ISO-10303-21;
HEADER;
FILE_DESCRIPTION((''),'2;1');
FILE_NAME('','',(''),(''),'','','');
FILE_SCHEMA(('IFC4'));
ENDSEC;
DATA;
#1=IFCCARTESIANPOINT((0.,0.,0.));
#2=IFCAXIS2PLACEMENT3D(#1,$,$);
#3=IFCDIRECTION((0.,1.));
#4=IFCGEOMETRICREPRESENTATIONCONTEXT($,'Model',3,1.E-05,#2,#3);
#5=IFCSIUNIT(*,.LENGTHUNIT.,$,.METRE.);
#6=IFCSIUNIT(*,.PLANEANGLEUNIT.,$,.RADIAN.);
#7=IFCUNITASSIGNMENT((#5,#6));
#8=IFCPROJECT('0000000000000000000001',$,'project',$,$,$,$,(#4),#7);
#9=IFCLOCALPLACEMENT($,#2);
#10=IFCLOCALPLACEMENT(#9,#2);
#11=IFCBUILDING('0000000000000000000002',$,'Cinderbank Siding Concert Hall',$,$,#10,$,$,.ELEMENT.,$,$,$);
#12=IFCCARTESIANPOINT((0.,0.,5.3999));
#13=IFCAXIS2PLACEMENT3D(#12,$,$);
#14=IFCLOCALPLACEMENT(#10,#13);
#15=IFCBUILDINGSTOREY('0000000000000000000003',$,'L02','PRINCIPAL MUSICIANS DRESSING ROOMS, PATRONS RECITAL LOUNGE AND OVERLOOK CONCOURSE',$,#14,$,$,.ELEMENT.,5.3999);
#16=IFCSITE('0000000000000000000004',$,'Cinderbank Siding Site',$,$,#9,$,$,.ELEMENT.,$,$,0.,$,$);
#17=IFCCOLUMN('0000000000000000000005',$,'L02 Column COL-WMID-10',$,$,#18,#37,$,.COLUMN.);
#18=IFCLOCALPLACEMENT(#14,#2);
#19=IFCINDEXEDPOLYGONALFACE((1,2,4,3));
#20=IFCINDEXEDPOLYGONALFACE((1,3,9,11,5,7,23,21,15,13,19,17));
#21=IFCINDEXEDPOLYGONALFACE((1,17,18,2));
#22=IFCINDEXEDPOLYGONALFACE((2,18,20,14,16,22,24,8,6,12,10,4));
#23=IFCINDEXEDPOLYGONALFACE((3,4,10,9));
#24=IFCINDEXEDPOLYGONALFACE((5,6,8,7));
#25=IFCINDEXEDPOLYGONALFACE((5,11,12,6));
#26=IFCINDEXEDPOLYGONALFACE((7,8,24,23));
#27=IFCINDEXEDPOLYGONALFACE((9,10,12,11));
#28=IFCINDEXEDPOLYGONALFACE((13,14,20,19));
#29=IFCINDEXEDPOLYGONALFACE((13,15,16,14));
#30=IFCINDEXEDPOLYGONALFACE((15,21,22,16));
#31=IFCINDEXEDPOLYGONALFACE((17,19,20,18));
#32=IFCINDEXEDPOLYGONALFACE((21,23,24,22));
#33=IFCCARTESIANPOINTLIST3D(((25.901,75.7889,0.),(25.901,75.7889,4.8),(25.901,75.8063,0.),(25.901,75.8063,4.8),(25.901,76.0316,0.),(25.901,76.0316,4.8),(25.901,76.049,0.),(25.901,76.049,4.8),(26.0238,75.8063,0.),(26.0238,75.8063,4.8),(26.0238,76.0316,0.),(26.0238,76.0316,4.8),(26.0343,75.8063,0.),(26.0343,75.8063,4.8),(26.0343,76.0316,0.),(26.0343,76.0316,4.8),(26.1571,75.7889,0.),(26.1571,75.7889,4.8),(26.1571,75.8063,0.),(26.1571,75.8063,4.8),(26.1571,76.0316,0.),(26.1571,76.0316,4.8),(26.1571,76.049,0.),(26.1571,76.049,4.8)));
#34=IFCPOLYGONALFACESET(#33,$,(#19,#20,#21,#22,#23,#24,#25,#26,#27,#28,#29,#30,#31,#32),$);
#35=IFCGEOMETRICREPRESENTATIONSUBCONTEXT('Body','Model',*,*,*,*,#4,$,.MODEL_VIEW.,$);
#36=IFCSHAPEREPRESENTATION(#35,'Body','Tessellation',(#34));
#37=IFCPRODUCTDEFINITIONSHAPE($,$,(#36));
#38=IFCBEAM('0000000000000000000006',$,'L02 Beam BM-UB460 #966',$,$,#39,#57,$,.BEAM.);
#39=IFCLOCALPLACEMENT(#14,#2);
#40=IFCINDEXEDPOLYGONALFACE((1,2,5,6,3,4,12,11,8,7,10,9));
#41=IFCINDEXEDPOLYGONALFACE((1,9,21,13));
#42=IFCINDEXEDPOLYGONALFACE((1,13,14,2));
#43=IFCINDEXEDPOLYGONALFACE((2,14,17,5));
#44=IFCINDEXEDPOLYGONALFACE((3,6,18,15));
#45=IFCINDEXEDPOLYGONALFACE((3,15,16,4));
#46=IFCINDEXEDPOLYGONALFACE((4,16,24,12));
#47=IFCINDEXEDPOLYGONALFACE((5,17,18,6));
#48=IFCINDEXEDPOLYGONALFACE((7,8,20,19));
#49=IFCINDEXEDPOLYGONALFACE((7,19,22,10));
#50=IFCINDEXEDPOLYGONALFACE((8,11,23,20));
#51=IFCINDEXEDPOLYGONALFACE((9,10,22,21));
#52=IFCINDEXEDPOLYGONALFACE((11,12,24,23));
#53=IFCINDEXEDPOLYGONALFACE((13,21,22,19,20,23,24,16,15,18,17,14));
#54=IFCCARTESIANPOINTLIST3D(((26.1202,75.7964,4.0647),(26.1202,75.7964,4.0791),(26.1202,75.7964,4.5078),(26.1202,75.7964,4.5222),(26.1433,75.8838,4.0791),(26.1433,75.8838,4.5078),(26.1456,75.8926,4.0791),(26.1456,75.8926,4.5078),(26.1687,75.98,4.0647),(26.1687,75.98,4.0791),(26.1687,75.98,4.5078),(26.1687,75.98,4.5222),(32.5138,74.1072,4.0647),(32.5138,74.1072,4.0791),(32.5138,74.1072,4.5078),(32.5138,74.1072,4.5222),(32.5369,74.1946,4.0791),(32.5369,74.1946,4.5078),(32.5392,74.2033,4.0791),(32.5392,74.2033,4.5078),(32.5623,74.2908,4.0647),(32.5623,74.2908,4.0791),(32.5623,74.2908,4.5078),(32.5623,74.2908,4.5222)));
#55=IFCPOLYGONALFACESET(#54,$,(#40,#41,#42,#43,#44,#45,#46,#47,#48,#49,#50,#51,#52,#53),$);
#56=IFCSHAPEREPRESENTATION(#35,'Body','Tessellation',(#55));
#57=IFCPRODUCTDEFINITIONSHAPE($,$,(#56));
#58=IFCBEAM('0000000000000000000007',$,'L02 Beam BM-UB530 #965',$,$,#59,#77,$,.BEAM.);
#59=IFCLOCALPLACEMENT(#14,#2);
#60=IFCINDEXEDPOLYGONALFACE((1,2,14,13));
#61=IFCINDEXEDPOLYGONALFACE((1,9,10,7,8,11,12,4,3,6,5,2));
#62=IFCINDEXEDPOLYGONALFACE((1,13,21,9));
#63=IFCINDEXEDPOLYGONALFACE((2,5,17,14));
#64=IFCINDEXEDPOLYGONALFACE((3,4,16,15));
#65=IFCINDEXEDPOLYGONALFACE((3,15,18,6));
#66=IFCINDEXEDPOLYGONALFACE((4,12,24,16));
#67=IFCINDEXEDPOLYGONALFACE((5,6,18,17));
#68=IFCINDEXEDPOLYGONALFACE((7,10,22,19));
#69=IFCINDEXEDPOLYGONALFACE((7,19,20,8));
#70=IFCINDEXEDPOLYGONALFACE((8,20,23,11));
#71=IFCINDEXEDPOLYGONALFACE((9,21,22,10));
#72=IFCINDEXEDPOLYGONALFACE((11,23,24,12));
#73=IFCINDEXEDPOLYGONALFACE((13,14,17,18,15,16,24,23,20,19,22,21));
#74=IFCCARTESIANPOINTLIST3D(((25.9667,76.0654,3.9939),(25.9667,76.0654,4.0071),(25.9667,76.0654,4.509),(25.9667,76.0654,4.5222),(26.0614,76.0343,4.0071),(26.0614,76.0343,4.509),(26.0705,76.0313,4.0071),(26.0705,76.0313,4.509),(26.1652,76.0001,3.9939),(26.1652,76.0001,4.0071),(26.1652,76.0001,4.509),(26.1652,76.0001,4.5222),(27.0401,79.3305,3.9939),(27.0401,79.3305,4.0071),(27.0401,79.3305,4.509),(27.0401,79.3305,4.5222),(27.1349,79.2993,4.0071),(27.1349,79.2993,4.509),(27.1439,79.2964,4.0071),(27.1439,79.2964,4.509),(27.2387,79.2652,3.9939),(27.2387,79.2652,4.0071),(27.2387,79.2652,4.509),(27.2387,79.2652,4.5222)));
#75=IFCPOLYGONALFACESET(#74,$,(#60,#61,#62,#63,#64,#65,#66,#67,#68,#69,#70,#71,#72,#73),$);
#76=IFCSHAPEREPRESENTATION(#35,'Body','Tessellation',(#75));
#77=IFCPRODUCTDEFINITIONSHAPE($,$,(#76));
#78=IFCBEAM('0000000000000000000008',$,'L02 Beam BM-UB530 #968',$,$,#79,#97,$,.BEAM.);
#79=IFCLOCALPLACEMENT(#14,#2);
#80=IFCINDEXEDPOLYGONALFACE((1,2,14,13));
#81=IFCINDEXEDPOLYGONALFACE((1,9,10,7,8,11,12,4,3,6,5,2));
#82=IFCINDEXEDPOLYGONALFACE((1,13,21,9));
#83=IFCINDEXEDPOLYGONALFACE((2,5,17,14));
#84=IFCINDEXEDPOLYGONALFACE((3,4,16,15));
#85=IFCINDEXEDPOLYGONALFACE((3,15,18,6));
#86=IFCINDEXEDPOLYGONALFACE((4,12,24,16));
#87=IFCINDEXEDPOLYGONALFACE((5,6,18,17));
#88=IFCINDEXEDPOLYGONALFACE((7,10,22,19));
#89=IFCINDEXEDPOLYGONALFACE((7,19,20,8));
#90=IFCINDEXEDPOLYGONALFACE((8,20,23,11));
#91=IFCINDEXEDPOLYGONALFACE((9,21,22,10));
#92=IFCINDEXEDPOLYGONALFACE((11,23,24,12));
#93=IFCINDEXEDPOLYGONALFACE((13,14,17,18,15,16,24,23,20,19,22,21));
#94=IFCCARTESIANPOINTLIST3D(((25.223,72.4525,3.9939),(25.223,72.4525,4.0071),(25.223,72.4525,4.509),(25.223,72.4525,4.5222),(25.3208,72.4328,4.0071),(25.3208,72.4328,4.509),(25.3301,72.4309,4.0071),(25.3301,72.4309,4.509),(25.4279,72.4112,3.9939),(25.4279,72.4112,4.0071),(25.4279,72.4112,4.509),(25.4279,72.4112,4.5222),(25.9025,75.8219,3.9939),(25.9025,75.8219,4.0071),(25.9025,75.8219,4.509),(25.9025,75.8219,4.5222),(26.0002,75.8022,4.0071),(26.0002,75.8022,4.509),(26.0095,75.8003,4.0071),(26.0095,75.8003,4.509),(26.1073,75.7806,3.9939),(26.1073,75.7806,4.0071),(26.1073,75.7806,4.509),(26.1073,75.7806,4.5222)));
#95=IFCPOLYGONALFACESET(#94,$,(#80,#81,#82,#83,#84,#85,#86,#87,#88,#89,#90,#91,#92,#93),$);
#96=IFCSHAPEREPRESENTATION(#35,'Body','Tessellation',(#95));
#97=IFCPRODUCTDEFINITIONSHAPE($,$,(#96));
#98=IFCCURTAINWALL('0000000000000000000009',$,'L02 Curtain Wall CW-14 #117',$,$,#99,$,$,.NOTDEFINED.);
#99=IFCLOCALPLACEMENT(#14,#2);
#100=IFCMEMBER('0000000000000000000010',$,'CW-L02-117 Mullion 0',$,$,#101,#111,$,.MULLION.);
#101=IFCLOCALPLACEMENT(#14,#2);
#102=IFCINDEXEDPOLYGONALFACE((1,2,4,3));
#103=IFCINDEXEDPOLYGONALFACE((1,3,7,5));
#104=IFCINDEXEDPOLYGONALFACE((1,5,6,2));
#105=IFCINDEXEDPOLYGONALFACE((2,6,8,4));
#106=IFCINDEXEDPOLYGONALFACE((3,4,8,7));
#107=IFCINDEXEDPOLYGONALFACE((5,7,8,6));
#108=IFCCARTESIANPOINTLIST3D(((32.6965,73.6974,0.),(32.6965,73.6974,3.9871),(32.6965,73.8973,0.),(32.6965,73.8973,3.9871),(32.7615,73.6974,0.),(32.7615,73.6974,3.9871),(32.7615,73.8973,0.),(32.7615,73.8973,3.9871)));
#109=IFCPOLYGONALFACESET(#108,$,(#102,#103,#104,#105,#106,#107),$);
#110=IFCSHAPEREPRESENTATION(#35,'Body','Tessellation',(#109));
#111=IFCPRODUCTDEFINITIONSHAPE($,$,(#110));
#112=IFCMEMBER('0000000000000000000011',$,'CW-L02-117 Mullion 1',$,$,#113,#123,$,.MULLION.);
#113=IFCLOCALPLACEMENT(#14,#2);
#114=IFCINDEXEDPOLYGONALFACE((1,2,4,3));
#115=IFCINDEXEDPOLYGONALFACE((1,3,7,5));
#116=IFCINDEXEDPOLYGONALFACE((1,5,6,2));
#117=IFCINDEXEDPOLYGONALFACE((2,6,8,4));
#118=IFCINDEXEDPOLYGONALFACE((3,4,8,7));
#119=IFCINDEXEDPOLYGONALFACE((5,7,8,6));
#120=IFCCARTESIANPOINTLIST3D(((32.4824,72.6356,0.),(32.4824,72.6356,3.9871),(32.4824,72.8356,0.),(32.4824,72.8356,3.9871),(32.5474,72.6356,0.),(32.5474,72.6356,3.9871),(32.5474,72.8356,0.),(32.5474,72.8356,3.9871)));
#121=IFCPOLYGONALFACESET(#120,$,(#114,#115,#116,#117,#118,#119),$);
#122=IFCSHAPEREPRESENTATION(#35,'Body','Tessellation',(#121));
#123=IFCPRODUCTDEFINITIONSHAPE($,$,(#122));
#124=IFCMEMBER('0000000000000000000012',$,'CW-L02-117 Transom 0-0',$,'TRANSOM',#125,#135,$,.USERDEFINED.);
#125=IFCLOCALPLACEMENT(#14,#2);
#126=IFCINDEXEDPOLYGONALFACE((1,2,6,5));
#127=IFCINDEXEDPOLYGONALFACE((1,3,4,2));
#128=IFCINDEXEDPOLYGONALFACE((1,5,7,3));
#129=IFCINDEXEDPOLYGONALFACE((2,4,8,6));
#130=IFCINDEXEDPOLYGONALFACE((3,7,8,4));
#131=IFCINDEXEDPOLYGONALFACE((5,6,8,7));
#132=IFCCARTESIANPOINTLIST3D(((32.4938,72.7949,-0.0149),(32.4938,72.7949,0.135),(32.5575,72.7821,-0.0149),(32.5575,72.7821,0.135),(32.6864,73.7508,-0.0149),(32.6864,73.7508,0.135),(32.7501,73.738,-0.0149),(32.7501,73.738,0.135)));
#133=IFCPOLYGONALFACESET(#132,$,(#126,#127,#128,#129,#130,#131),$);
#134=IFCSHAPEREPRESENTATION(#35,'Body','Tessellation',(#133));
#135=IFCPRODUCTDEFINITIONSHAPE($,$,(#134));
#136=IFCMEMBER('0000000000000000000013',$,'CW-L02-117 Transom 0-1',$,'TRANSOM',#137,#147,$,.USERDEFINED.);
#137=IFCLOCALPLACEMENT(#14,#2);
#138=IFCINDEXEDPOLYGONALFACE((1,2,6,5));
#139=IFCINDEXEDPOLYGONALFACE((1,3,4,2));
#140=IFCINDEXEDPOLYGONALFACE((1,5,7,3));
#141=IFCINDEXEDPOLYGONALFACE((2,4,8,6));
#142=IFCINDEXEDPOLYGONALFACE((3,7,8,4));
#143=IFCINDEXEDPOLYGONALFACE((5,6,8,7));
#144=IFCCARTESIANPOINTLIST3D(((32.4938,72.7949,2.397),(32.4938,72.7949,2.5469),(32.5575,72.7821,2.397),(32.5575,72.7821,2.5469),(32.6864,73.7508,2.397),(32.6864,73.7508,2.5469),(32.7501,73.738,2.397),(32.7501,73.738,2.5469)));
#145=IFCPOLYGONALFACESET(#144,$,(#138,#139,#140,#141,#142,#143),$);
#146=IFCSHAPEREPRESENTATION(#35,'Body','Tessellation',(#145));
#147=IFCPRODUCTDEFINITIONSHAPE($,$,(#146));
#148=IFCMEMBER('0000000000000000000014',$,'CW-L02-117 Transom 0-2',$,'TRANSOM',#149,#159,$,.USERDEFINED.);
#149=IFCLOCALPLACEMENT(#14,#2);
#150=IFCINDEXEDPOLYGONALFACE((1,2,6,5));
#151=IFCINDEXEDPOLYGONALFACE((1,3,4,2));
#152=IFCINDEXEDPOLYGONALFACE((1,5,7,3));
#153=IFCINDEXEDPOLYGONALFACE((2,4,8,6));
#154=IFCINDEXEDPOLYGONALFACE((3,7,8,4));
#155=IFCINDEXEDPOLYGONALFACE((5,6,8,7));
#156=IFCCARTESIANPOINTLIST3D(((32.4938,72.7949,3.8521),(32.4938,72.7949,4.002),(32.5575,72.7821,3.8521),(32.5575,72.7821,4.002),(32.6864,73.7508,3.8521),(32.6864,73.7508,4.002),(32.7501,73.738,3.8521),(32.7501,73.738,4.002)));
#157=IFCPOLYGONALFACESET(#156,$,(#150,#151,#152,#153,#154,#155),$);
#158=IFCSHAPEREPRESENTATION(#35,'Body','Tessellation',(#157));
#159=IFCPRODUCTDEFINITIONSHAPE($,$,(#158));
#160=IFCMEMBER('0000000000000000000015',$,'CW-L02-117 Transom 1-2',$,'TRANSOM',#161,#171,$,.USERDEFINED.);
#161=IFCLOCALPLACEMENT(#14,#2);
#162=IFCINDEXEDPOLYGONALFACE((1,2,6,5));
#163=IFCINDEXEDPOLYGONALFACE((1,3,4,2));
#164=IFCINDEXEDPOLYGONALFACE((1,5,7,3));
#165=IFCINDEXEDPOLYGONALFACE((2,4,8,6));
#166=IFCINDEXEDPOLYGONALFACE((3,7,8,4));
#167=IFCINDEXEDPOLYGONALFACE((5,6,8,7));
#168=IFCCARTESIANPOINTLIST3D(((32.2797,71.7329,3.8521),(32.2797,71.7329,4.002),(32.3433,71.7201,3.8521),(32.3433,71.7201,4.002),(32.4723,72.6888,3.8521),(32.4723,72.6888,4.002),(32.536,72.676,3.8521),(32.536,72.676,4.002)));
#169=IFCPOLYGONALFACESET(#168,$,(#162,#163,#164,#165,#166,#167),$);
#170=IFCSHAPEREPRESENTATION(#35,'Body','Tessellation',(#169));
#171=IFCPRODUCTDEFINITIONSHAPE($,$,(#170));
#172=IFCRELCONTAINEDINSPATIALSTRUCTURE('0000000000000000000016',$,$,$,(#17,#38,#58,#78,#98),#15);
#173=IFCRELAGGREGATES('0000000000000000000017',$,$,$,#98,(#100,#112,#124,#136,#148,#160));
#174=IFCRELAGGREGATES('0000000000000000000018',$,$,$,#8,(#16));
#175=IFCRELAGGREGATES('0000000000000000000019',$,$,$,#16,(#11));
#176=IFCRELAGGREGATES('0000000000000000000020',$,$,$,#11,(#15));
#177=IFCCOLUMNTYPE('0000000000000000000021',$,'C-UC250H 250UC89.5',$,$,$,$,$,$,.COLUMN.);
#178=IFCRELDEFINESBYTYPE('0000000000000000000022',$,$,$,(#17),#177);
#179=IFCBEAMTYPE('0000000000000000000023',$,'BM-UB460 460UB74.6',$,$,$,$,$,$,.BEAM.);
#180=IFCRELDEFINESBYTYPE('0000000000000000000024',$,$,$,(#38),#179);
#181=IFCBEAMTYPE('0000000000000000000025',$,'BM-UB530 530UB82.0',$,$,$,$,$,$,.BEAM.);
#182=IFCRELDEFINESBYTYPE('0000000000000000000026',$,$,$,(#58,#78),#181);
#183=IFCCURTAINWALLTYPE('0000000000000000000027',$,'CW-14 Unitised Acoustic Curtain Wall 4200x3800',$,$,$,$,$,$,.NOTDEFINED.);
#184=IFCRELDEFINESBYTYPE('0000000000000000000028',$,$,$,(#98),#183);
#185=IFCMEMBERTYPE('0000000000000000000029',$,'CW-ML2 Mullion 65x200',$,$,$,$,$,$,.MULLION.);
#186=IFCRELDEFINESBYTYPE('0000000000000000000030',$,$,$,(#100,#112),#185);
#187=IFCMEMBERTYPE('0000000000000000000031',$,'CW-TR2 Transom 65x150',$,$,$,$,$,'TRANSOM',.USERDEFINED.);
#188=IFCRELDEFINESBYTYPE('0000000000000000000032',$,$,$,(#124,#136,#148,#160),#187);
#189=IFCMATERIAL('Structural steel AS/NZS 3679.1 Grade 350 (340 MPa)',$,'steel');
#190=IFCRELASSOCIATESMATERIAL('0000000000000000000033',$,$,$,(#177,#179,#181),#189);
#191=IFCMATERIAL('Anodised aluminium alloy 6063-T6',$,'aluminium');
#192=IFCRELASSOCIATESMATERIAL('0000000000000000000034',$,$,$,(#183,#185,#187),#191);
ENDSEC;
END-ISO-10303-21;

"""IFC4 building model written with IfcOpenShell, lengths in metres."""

from ifc_helpers import new_model, si_unit, direction, frame, origin, origin_2d, place, context, subcontext, project, spatial, rectangle, i_section, extrude, material, material_profile, profile_set, type_object, element, aggregate, save


model = new_model("IFC4")

# Units and contexts
model_context = context("Model", 3, precision=1e-05, world=origin(), true_north=direction((0.0, 1.0)))
body_context = subcontext(model_context, "Body", "Model", "MODEL_VIEW")
ifc_project = project(units=[si_unit("LENGTHUNIT", "METRE"), si_unit("PLANEANGLEUNIT", "RADIAN")], contexts=[model_context])

# Site, building, storey
site_placement = place(None, origin())
site = spatial("IfcSite", under=ifc_project, at=site_placement, Name="Cinderbank Siding Site", CompositionType="ELEMENT", RefElevation=0.0)
building_placement = place(site_placement, origin())
building = spatial("IfcBuilding", under=site, at=building_placement, Name="Cinderbank Siding Concert Hall", CompositionType="ELEMENT")
storey_placement = place(building_placement, frame((0.0, 0.0, 5.3999)))
storey = spatial("IfcBuildingStorey", under=building, at=storey_placement, Name="L02", Description="PRINCIPAL MUSICIANS DRESSING ROOMS, PATRONS RECITAL LOUNGE AND OVERLOOK CONCOURSE", CompositionType="ELEMENT", Elevation=5.3999)

# Column
ifc_material_1 = material(Name="Structural steel AS/NZS 3679.1 Grade 350 (340 MPa)", Category="steel")
ifc_material_profile_1 = material_profile(ifc_material_1, i_section(OverallWidth=0.2561, OverallDepth=0.26, WebThickness=0.0105, FlangeThickness=0.0173, at=origin_2d()), Name="250UC89.5", Category="LoadBearing")
ifc_profile_set_1 = profile_set([ifc_material_profile_1], Name="Structural steel AS/NZS 3679.1 Grade 350 (340 MPa)")
column_type = type_object("IfcColumnType", Name="C-UC250H 250UC89.5", PredefinedType="COLUMN", material=ifc_profile_set_1)
column_placement = place(storey_placement, frame((26.0291, 75.9189, 0.0), z_axis=(0.0, 0.0, 1.0), x_axis=(1.0, 0.0, 0.0)))
element("IfcColumn", 1, at=column_placement, inside=storey, type_object=column_type, Name="L02 Column COL-WMID-10", PredefinedType="COLUMN", context=body_context, shape_type="SweptSolid", body=[
    extrude(i_section(OverallWidth=0.2561, OverallDepth=0.26, WebThickness=0.0105, FlangeThickness=0.0173, at=origin_2d()), origin(), (0.0, 0.0, 1.0), 4.8),
])

# Beams
ifc_material_profile_2 = material_profile(ifc_material_1, i_section(OverallWidth=0.1899, OverallDepth=0.4575, WebThickness=0.009, FlangeThickness=0.0144, at=origin_2d()), Name="460UB74.6", Category="LoadBearing")
ifc_profile_set_2 = profile_set([ifc_material_profile_2], Name="Structural steel AS/NZS 3679.1 Grade 350 (340 MPa)")
beam_type_1 = type_object("IfcBeamType", Name="BM-UB460 460UB74.6", PredefinedType="BEAM", material=ifc_profile_set_2)
beam_1_placement = place(storey_placement, frame((32.5381, 74.199, 4.2935), z_axis=(-0.966825, 0.25544, 0.0), x_axis=(-0.25544, -0.966825, 0.0)))
element("IfcBeam", 2, at=beam_1_placement, inside=storey, type_object=beam_type_1, Name="L02 Beam BM-UB460 #966", PredefinedType="BEAM", context=body_context, shape_type="SweptSolid", body=[
    extrude(i_section(OverallWidth=0.1899, OverallDepth=0.4575, WebThickness=0.009, FlangeThickness=0.0144, at=origin_2d()), origin(), (0.0, 0.0, 1.0), 6.613),
])
ifc_material_profile_3 = material_profile(ifc_material_1, i_section(OverallWidth=0.209, OverallDepth=0.5283, WebThickness=0.0095, FlangeThickness=0.0132, at=origin_2d()), Name="530UB82.0", Category="LoadBearing")
ifc_profile_set_3 = profile_set([ifc_material_profile_3], Name="Structural steel AS/NZS 3679.1 Grade 350 (340 MPa)")
beam_type_2 = type_object("IfcBeamType", Name="BM-UB530 530UB82.0", PredefinedType="BEAM", material=ifc_profile_set_3)
beam_2_placement = place(storey_placement, frame((27.1394, 79.2979, 4.2581), z_axis=(-0.312325, -0.949975, 0.0), x_axis=(0.949975, -0.312325, 0.0)))
element("IfcBeam", 3, at=beam_2_placement, inside=storey, type_object=beam_type_2, Name="L02 Beam BM-UB530 #965", PredefinedType="BEAM", context=body_context, shape_type="SweptSolid", body=[
    extrude(i_section(OverallWidth=0.209, OverallDepth=0.5283, WebThickness=0.0095, FlangeThickness=0.0132, at=origin_2d()), origin(), (0.0, 0.0, 1.0), 3.437),
])
beam_3_placement = place(storey_placement, frame((26.0049, 75.8013, 4.2581), z_axis=(-0.197673, -0.980268, 0.0), x_axis=(0.980268, -0.197673, 0.0)))
element("IfcBeam", 4, at=beam_3_placement, inside=storey, type_object=beam_type_2, Name="L02 Beam BM-UB530 #968", PredefinedType="BEAM", context=body_context, shape_type="SweptSolid", body=[
    extrude(i_section(OverallWidth=0.209, OverallDepth=0.5283, WebThickness=0.0095, FlangeThickness=0.0132, at=origin_2d()), origin(), (0.0, 0.0, 1.0), 3.4373),
])

# Curtain wall, members
ifc_material_2 = material(Name="Anodised aluminium alloy 6063-T6", Category="aluminium")
curtain_wall_type = type_object("IfcCurtainWallType", Name="CW-14 Unitised Acoustic Curtain Wall 4200x3800", PredefinedType="NOTDEFINED", material=ifc_material_2)
curtain_wall_placement = place(storey_placement, origin())
curtain_wall = element("IfcCurtainWall", 5, at=curtain_wall_placement, inside=storey, type_object=curtain_wall_type, Name="L02 Curtain Wall CW-14 #117", PredefinedType="NOTDEFINED")
ifc_material_profile_4 = material_profile(ifc_material_2, rectangle(XDim=0.0649, YDim=0.2, at=origin_2d()), Name="ALU-MULL-65x200", Category="LoadBearing")
ifc_profile_set_4 = profile_set([ifc_material_profile_4], Name="Anodised aluminium alloy 6063-T6")
member_type_1 = type_object("IfcMemberType", Name="CW-ML2 Mullion 65x200", PredefinedType="MULLION", material=ifc_profile_set_4)
member_1_placement = place(storey_placement, frame((32.729, 73.7974, 0.0), z_axis=(0.0, 0.0, 1.0), x_axis=(1.0, 0.0, 0.0)))
member_1 = element("IfcMember", 6, at=member_1_placement, type_object=member_type_1, Name="CW-L02-117 Mullion 0", PredefinedType="MULLION", context=body_context, shape_type="SweptSolid", body=[
    extrude(rectangle(XDim=0.0649, YDim=0.2, at=origin_2d()), origin(), (0.0, 0.0, 1.0), 3.9871),
])
member_2_placement = place(storey_placement, frame((32.5149, 72.7356, 0.0), z_axis=(0.0, 0.0, 1.0), x_axis=(1.0, 0.0, 0.0)))
member_2 = element("IfcMember", 7, at=member_2_placement, type_object=member_type_1, Name="CW-L02-117 Mullion 1", PredefinedType="MULLION", context=body_context, shape_type="SweptSolid", body=[
    extrude(rectangle(XDim=0.0649, YDim=0.2, at=origin_2d()), origin(), (0.0, 0.0, 1.0), 3.9871),
])
ifc_material_profile_5 = material_profile(ifc_material_2, rectangle(XDim=0.0649, YDim=0.1499, at=origin_2d()), Name="ALU-TRAN-65x150", Category="LoadBearing")
ifc_profile_set_5 = profile_set([ifc_material_profile_5], Name="Anodised aluminium alloy 6063-T6")
member_type_2 = type_object("IfcMemberType", Name="CW-TR2 Transom 65x150", ElementType="TRANSOM", PredefinedType="USERDEFINED", material=ifc_profile_set_5)
member_3_placement = place(storey_placement, frame((32.7183, 73.7444, 0.0601), z_axis=(-0.197561, -0.980291, 0.0), x_axis=(0.980291, -0.197561, 0.0)))
member_3 = element("IfcMember", 8, at=member_3_placement, type_object=member_type_2, Name="CW-L02-117 Transom 0-0", ObjectType="TRANSOM", PredefinedType="USERDEFINED", context=body_context, shape_type="SweptSolid", body=[
    extrude(rectangle(XDim=0.0649, YDim=0.1499, at=origin_2d()), origin(), (0.0, 0.0, 1.0), 0.9751),
])
member_4_placement = place(storey_placement, frame((32.7183, 73.7444, 2.4719), z_axis=(-0.197561, -0.980291, 0.0), x_axis=(0.980291, -0.197561, 0.0)))
member_4 = element("IfcMember", 9, at=member_4_placement, type_object=member_type_2, Name="CW-L02-117 Transom 0-1", ObjectType="TRANSOM", PredefinedType="USERDEFINED", context=body_context, shape_type="SweptSolid", body=[
    extrude(rectangle(XDim=0.0649, YDim=0.1499, at=origin_2d()), origin(), (0.0, 0.0, 1.0), 0.9751),
])
member_5_placement = place(storey_placement, frame((32.7183, 73.7444, 3.927), z_axis=(-0.197561, -0.980291, 0.0), x_axis=(0.980291, -0.197561, 0.0)))
member_5 = element("IfcMember", 10, at=member_5_placement, type_object=member_type_2, Name="CW-L02-117 Transom 0-2", ObjectType="TRANSOM", PredefinedType="USERDEFINED", context=body_context, shape_type="SweptSolid", body=[
    extrude(rectangle(XDim=0.0649, YDim=0.1499, at=origin_2d()), origin(), (0.0, 0.0, 1.0), 0.9751),
])
member_6_placement = place(storey_placement, frame((32.5042, 72.6824, 3.927), z_axis=(-0.197561, -0.980291, 0.0), x_axis=(0.980291, -0.197561, 0.0)))
member_6 = element("IfcMember", 11, at=member_6_placement, type_object=member_type_2, Name="CW-L02-117 Transom 1-2", ObjectType="TRANSOM", PredefinedType="USERDEFINED", context=body_context, shape_type="SweptSolid", body=[
    extrude(rectangle(XDim=0.0649, YDim=0.1499, at=origin_2d()), origin(), (0.0, 0.0, 1.0), 0.9751),
])

aggregate(curtain_wall, [member_1, member_2, member_3, member_4, member_5, member_6])

save(model, "model.ifc")
